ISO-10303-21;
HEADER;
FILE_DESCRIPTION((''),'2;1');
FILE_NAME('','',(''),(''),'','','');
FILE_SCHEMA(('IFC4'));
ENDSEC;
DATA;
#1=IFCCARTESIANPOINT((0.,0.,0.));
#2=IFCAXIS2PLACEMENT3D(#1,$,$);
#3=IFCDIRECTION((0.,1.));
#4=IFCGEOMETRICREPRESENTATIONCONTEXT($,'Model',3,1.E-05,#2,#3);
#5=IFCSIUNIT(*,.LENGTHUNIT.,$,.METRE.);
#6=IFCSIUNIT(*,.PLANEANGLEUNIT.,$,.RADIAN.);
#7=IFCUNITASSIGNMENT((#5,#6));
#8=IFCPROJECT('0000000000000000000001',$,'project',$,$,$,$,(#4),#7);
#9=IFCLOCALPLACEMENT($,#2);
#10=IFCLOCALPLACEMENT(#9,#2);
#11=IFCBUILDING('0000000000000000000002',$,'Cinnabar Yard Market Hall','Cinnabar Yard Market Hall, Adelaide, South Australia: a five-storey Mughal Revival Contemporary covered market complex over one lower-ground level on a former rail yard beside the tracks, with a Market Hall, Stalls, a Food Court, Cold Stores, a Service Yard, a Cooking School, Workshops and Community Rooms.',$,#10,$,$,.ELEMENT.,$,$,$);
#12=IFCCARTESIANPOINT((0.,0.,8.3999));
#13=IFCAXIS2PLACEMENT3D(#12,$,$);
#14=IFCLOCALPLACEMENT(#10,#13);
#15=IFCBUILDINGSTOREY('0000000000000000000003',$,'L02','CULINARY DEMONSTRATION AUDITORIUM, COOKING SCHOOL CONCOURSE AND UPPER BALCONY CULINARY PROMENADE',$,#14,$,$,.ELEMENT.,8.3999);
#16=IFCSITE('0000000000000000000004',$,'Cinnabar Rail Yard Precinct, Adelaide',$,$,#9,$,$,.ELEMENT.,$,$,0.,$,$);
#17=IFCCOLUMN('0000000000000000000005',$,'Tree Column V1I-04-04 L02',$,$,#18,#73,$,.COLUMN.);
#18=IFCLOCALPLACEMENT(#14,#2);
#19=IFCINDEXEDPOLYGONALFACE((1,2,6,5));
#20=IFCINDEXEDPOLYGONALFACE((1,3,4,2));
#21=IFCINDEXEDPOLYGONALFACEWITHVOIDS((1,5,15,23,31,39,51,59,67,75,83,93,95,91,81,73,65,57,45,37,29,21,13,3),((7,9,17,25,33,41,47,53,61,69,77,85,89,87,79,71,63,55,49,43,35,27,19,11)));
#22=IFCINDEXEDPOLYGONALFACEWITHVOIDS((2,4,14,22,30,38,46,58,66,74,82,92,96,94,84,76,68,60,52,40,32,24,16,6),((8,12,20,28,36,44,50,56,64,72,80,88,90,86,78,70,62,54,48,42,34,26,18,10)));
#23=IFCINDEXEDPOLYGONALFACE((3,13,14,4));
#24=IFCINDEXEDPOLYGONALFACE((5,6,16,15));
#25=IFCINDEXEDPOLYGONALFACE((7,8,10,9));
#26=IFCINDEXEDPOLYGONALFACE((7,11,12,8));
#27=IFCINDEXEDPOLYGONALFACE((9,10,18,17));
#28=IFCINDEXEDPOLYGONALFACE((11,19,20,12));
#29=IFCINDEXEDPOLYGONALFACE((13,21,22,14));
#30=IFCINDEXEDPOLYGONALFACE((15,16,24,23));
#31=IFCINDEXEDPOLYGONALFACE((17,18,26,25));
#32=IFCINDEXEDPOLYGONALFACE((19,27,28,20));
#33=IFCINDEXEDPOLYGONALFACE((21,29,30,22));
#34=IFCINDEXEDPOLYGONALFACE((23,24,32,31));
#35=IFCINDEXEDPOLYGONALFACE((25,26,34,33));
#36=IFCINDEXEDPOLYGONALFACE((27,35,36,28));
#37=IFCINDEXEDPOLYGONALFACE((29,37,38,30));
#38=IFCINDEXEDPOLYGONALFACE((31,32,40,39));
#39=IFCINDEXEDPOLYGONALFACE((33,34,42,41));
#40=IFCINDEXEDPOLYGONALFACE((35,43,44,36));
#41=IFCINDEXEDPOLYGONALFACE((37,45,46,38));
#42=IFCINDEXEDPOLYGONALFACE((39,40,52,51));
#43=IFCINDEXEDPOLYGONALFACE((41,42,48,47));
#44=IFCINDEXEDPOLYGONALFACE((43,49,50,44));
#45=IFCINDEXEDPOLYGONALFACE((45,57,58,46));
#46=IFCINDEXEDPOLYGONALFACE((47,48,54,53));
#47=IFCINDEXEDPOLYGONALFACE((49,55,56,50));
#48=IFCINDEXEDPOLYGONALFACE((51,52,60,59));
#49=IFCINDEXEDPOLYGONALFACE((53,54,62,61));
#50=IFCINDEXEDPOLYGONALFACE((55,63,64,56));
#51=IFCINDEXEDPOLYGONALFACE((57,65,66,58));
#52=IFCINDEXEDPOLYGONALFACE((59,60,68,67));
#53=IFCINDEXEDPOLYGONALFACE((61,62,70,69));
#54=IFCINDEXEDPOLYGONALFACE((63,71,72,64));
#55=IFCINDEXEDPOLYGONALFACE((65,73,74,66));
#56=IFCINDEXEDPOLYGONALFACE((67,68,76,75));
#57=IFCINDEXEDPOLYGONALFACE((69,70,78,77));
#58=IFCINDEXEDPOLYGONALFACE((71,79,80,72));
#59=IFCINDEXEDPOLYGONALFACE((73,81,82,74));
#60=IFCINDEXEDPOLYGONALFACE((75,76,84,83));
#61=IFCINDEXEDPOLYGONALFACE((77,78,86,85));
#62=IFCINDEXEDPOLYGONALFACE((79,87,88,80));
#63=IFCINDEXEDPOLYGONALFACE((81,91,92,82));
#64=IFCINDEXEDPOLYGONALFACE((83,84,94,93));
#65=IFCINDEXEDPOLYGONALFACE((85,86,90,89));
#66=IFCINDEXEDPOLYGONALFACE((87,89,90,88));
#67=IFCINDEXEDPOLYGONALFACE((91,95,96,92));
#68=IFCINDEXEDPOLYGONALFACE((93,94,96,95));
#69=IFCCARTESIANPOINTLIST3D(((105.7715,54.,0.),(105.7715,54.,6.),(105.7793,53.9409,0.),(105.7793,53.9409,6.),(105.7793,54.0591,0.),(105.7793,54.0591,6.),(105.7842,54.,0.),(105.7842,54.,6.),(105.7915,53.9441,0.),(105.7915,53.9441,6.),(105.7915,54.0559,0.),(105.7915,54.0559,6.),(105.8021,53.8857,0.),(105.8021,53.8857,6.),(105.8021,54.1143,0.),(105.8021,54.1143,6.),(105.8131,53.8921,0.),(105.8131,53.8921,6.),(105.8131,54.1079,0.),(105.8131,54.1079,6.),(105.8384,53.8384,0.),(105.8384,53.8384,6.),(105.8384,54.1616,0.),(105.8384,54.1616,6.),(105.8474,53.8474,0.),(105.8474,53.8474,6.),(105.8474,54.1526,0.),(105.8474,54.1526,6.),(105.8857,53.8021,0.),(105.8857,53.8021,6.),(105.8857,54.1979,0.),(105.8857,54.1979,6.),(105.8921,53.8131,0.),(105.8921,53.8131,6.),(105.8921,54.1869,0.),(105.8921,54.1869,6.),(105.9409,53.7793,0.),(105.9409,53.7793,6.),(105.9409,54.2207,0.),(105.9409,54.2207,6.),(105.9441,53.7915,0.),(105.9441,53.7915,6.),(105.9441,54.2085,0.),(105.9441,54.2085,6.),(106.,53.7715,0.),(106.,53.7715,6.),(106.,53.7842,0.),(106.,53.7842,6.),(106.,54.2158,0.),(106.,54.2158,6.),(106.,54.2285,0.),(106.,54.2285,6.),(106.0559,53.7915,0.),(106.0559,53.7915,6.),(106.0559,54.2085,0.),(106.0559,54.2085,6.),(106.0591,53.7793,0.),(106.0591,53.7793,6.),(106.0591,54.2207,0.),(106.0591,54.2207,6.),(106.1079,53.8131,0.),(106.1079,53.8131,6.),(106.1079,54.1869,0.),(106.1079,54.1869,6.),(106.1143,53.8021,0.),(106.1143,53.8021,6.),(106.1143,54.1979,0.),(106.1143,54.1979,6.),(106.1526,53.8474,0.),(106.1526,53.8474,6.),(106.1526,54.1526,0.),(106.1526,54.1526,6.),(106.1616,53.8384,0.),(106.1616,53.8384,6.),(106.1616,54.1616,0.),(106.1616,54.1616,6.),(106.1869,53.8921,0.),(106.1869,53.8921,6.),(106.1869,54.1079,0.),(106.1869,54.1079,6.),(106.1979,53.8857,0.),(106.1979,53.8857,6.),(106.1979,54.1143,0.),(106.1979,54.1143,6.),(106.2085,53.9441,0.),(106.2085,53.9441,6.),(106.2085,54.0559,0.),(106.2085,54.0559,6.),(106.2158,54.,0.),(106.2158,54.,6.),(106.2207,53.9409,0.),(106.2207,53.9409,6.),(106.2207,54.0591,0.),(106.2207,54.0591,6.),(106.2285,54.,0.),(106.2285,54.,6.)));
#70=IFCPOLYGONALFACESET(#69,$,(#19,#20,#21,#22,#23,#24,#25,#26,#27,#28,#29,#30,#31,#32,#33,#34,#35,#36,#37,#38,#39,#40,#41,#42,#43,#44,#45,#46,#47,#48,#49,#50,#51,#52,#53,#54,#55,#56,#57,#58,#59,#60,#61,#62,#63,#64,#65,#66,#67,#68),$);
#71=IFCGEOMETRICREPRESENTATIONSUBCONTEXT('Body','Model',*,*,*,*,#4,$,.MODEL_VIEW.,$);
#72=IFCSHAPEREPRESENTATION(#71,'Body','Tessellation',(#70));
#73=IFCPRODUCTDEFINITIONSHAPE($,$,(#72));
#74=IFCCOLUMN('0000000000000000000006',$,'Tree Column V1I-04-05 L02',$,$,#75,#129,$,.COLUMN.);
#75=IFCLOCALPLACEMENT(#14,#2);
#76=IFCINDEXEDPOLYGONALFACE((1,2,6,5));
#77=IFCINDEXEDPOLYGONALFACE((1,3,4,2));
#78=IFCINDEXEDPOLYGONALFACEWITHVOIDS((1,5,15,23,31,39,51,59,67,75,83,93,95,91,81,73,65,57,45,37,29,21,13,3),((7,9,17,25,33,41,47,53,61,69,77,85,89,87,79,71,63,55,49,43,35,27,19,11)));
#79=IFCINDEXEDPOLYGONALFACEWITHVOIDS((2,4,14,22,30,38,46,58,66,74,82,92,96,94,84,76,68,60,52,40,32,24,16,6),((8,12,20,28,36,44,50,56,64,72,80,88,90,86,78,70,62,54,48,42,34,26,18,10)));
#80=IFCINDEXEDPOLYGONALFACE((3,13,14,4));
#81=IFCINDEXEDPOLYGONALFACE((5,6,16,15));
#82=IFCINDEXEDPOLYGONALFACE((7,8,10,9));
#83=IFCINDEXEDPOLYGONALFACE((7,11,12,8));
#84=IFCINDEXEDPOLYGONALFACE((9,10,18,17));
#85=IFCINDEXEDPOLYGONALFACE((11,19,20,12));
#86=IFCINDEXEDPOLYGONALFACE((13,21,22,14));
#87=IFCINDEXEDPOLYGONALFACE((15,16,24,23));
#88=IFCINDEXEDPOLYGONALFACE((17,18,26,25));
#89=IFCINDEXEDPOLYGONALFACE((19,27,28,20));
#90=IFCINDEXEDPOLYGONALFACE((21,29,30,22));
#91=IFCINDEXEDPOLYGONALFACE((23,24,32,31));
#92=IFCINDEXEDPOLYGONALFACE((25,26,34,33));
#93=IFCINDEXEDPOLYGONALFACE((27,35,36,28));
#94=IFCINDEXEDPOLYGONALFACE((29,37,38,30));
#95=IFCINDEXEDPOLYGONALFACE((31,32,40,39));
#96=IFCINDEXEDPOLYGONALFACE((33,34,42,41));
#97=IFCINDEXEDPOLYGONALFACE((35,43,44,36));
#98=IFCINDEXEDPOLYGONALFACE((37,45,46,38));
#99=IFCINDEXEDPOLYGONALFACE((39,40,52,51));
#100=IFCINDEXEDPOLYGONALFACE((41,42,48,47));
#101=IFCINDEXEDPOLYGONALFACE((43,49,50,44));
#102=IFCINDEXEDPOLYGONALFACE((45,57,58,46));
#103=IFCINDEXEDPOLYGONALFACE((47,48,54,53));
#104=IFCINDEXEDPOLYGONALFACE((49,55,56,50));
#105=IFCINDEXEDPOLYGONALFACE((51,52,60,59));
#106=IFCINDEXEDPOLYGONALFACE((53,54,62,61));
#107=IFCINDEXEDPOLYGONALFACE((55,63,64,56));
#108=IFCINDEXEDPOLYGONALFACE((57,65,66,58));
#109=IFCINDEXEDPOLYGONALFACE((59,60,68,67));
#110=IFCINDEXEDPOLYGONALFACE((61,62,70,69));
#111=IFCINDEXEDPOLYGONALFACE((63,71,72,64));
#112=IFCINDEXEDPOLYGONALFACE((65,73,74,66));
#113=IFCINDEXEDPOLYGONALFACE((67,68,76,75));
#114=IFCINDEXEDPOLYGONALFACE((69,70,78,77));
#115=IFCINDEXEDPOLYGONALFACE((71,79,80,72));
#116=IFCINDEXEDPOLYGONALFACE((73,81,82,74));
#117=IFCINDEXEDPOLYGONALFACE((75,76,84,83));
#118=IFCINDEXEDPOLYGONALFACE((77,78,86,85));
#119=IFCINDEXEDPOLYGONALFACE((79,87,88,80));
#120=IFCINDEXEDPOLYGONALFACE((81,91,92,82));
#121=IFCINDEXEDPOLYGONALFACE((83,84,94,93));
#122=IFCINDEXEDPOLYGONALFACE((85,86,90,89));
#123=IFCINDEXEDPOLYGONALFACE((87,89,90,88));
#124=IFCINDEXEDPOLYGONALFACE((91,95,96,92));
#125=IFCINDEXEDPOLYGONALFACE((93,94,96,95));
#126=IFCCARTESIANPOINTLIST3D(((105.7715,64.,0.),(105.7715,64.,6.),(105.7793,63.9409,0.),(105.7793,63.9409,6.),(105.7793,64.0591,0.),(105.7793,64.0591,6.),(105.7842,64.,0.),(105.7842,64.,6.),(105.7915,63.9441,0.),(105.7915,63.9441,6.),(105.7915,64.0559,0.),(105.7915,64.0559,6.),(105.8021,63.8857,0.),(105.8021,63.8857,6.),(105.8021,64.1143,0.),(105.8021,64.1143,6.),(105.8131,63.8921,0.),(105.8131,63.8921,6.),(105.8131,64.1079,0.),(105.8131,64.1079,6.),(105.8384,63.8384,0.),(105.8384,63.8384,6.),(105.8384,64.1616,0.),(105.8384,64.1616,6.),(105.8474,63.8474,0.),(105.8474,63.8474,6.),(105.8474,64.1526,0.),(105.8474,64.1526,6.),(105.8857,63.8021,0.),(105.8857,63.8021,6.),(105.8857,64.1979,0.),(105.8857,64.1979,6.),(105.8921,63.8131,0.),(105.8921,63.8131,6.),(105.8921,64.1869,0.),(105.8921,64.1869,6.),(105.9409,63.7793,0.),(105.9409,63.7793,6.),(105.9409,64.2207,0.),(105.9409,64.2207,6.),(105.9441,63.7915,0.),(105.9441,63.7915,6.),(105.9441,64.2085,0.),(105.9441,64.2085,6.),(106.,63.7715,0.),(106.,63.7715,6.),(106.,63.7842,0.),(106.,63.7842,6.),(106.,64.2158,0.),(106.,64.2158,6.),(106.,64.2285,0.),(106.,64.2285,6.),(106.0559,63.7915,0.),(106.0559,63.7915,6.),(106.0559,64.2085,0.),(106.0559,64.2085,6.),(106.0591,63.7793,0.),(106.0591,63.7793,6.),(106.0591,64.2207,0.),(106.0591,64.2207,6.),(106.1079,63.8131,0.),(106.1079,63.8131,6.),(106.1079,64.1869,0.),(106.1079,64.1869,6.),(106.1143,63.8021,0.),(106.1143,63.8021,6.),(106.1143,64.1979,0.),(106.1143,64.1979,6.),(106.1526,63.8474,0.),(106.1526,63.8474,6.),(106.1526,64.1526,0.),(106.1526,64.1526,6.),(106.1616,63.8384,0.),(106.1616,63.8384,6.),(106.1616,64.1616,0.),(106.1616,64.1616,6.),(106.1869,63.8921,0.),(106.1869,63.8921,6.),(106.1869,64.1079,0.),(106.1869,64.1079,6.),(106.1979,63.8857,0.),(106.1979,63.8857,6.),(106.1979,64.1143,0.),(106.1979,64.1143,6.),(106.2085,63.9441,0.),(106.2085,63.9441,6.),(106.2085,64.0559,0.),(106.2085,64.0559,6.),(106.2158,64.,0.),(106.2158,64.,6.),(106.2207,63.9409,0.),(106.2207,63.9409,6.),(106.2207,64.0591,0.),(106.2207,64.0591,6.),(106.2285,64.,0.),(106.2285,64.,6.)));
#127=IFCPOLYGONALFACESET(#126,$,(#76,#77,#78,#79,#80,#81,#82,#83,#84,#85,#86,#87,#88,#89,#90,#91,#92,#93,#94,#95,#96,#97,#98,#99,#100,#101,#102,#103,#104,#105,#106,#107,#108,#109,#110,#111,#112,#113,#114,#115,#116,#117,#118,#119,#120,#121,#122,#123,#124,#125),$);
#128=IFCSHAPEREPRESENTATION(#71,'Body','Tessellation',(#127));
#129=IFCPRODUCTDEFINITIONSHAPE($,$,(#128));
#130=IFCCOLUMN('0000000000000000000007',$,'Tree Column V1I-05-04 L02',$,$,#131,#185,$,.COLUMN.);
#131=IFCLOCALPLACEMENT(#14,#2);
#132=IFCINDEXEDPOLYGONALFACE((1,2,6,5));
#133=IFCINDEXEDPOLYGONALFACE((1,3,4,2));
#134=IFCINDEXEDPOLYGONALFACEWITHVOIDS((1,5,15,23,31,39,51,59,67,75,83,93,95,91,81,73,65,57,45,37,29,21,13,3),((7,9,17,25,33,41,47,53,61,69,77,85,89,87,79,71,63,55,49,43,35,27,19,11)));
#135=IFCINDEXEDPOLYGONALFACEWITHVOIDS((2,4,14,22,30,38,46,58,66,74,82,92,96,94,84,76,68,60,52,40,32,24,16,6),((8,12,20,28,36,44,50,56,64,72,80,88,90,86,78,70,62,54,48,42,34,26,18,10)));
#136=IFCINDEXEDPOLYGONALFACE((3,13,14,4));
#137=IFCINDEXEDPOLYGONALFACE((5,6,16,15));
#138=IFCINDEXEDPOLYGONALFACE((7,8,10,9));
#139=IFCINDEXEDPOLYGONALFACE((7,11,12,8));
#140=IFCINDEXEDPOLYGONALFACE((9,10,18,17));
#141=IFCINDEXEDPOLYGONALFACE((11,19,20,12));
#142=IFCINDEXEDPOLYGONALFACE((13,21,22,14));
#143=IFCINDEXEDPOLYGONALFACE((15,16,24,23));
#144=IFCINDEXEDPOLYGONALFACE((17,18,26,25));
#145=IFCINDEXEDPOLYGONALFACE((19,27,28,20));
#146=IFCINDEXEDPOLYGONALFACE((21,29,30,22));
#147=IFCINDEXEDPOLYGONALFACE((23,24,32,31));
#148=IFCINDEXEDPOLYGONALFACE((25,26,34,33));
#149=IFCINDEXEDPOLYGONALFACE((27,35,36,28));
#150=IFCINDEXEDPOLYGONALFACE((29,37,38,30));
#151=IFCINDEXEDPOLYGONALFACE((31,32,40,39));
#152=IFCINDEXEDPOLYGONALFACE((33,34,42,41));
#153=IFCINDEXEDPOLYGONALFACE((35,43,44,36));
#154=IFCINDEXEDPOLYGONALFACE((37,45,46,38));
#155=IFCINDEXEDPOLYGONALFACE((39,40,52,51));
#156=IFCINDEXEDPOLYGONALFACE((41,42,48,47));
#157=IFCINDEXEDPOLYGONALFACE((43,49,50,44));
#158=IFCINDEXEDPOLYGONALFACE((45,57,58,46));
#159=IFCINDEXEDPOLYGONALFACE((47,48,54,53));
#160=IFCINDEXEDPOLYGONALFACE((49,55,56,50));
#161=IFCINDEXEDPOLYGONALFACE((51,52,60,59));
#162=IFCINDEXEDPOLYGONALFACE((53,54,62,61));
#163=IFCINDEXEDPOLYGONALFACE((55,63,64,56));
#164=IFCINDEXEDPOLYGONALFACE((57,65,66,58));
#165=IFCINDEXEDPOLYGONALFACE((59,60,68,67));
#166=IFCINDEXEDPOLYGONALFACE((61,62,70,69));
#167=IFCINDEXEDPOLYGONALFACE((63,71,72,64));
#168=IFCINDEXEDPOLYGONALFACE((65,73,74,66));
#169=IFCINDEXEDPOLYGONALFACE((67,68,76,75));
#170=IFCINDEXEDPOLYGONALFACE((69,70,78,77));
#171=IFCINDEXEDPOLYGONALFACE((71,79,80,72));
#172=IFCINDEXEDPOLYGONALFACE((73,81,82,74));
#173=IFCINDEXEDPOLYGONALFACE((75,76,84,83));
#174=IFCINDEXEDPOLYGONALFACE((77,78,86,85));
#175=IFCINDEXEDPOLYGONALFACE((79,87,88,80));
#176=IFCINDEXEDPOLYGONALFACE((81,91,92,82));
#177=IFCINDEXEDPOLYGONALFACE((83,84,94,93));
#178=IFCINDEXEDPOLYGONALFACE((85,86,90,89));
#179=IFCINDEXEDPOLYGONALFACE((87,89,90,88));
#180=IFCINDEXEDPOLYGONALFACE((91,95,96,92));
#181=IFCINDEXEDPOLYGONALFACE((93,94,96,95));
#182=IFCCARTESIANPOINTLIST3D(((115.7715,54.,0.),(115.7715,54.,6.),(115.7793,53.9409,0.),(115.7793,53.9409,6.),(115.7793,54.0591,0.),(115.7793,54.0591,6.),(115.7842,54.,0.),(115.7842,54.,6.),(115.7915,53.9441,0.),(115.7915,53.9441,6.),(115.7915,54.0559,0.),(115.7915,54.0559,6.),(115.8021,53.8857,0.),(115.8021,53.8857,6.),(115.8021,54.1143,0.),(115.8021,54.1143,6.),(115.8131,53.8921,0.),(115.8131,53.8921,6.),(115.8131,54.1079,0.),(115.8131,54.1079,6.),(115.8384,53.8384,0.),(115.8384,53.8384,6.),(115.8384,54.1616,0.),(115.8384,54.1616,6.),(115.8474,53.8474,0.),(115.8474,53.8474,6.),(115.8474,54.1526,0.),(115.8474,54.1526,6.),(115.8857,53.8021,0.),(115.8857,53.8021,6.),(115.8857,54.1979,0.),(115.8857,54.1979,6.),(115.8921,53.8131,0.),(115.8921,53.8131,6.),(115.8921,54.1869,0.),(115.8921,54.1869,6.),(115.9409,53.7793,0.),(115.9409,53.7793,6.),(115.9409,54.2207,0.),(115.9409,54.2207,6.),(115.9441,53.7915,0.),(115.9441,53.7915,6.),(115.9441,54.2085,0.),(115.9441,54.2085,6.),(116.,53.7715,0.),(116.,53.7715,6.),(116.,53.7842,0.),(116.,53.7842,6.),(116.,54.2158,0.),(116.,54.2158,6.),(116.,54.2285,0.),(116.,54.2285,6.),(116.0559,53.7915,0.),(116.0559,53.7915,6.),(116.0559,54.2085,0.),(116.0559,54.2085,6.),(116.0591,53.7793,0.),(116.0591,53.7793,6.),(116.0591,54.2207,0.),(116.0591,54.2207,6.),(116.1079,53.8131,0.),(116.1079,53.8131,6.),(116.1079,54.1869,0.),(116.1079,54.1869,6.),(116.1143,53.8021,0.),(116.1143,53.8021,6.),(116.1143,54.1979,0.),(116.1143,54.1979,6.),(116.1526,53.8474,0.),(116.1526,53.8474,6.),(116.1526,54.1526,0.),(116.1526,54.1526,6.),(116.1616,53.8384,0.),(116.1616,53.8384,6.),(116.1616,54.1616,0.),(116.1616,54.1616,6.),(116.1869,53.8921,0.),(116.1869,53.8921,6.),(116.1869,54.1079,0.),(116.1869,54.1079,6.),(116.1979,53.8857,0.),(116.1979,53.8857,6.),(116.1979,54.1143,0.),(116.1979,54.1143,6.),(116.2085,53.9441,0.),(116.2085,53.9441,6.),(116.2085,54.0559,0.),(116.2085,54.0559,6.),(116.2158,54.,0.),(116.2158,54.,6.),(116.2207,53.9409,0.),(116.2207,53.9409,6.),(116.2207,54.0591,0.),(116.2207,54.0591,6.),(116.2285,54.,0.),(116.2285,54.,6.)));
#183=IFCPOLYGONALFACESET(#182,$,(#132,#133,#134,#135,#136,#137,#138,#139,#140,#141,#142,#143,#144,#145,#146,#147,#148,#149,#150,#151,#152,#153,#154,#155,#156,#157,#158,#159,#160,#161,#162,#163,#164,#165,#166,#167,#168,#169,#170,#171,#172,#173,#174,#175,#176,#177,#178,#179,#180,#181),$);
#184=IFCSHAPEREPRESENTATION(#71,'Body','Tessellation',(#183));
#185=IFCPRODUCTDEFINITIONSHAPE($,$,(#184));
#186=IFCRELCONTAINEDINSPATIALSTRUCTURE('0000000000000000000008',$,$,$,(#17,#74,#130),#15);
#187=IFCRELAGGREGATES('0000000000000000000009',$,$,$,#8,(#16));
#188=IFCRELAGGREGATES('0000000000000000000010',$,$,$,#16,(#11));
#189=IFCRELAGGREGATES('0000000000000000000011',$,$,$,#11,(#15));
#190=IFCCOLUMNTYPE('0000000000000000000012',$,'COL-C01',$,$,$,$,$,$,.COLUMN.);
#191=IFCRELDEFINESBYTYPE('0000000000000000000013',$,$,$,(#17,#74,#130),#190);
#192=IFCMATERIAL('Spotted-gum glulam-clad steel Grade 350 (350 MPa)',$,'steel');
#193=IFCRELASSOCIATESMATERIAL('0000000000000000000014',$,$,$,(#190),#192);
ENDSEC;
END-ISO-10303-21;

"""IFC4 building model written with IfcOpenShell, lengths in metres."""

from ifc_helpers import new_model, si_unit, direction, frame, origin, origin_2d_with_axis, place, context, subcontext, project, spatial, hollow_circle, extrude, material, material_profile, profile_set, type_object, element, save


model = new_model("IFC4")

# Units and contexts
model_context = context("Model", 3, precision=1e-05, world=origin(), true_north=direction((0.0, 1.0)))
body_context = subcontext(model_context, "Body", "Model", "MODEL_VIEW")
ifc_project = project(units=[si_unit("LENGTHUNIT", "METRE"), si_unit("PLANEANGLEUNIT", "RADIAN")], contexts=[model_context])

# Site, building, storey
site_placement = place(None, origin())
site = spatial("IfcSite", under=ifc_project, at=site_placement, Name="Cinnabar Rail Yard Precinct, Adelaide", CompositionType="ELEMENT", RefElevation=0.0)
building_placement = place(site_placement, origin())
building = spatial("IfcBuilding", under=site, at=building_placement, Name="Cinnabar Yard Market Hall", Description="Cinnabar Yard Market Hall, Adelaide, South Australia: a five-storey Mughal Revival Contemporary covered market complex over one lower-ground level on a former rail yard beside the tracks, with a Market Hall, Stalls, a Food Court, Cold Stores, a Service Yard, a Cooking School, Workshops and Community Rooms.", CompositionType="ELEMENT")
storey_placement = place(building_placement, frame((0.0, 0.0, 8.3999)))
storey = spatial("IfcBuildingStorey", under=building, at=storey_placement, Name="L02", Description="CULINARY DEMONSTRATION AUDITORIUM, COOKING SCHOOL CONCOURSE AND UPPER BALCONY CULINARY PROMENADE", CompositionType="ELEMENT", Elevation=8.3999)

# Columns
ifc_material_1 = material(Name="Spotted-gum glulam-clad steel Grade 350 (350 MPa)", Category="steel")
ifc_material_profile_1 = material_profile(ifc_material_1, hollow_circle(Radius=0.2285, WallThickness=0.0127, at=origin_2d_with_axis()), Name="457.0x12.7CHS")
ifc_profile_set_1 = profile_set([ifc_material_profile_1], Name="Spotted-gum glulam-clad steel Grade 350 (350 MPa)")
column_type = type_object("IfcColumnType", Name="COL-C01", PredefinedType="COLUMN", material=ifc_profile_set_1)
for number, where, z_axis, x_axis, name in (
    (1, (106.0, 54.0, 0.0), (0.0, 0.0, 1.0), (1.0, 0.0, 0.0), "Tree Column V1I-04-04 L02"),
    (2, (106.0, 64.0, 0.0), (0.0, 0.0, 1.0), (1.0, 0.0, 0.0), "Tree Column V1I-04-05 L02"),
    (3, (116.0, 54.0, 0.0), (0.0, 0.0, 1.0), (1.0, 0.0, 0.0), "Tree Column V1I-05-04 L02"),
):
    element("IfcColumn", number, at=place(storey_placement, frame(where, z_axis=z_axis, x_axis=x_axis)), inside=storey, type_object=column_type, Name=name, PredefinedType="COLUMN", context=body_context, shape_type="SweptSolid", body=[
        extrude(hollow_circle(Radius=0.2285, WallThickness=0.0127, at=origin_2d_with_axis()), origin(), (0.0, 0.0, 1.0), 6.0),
    ])

save(model, "model.ifc")
